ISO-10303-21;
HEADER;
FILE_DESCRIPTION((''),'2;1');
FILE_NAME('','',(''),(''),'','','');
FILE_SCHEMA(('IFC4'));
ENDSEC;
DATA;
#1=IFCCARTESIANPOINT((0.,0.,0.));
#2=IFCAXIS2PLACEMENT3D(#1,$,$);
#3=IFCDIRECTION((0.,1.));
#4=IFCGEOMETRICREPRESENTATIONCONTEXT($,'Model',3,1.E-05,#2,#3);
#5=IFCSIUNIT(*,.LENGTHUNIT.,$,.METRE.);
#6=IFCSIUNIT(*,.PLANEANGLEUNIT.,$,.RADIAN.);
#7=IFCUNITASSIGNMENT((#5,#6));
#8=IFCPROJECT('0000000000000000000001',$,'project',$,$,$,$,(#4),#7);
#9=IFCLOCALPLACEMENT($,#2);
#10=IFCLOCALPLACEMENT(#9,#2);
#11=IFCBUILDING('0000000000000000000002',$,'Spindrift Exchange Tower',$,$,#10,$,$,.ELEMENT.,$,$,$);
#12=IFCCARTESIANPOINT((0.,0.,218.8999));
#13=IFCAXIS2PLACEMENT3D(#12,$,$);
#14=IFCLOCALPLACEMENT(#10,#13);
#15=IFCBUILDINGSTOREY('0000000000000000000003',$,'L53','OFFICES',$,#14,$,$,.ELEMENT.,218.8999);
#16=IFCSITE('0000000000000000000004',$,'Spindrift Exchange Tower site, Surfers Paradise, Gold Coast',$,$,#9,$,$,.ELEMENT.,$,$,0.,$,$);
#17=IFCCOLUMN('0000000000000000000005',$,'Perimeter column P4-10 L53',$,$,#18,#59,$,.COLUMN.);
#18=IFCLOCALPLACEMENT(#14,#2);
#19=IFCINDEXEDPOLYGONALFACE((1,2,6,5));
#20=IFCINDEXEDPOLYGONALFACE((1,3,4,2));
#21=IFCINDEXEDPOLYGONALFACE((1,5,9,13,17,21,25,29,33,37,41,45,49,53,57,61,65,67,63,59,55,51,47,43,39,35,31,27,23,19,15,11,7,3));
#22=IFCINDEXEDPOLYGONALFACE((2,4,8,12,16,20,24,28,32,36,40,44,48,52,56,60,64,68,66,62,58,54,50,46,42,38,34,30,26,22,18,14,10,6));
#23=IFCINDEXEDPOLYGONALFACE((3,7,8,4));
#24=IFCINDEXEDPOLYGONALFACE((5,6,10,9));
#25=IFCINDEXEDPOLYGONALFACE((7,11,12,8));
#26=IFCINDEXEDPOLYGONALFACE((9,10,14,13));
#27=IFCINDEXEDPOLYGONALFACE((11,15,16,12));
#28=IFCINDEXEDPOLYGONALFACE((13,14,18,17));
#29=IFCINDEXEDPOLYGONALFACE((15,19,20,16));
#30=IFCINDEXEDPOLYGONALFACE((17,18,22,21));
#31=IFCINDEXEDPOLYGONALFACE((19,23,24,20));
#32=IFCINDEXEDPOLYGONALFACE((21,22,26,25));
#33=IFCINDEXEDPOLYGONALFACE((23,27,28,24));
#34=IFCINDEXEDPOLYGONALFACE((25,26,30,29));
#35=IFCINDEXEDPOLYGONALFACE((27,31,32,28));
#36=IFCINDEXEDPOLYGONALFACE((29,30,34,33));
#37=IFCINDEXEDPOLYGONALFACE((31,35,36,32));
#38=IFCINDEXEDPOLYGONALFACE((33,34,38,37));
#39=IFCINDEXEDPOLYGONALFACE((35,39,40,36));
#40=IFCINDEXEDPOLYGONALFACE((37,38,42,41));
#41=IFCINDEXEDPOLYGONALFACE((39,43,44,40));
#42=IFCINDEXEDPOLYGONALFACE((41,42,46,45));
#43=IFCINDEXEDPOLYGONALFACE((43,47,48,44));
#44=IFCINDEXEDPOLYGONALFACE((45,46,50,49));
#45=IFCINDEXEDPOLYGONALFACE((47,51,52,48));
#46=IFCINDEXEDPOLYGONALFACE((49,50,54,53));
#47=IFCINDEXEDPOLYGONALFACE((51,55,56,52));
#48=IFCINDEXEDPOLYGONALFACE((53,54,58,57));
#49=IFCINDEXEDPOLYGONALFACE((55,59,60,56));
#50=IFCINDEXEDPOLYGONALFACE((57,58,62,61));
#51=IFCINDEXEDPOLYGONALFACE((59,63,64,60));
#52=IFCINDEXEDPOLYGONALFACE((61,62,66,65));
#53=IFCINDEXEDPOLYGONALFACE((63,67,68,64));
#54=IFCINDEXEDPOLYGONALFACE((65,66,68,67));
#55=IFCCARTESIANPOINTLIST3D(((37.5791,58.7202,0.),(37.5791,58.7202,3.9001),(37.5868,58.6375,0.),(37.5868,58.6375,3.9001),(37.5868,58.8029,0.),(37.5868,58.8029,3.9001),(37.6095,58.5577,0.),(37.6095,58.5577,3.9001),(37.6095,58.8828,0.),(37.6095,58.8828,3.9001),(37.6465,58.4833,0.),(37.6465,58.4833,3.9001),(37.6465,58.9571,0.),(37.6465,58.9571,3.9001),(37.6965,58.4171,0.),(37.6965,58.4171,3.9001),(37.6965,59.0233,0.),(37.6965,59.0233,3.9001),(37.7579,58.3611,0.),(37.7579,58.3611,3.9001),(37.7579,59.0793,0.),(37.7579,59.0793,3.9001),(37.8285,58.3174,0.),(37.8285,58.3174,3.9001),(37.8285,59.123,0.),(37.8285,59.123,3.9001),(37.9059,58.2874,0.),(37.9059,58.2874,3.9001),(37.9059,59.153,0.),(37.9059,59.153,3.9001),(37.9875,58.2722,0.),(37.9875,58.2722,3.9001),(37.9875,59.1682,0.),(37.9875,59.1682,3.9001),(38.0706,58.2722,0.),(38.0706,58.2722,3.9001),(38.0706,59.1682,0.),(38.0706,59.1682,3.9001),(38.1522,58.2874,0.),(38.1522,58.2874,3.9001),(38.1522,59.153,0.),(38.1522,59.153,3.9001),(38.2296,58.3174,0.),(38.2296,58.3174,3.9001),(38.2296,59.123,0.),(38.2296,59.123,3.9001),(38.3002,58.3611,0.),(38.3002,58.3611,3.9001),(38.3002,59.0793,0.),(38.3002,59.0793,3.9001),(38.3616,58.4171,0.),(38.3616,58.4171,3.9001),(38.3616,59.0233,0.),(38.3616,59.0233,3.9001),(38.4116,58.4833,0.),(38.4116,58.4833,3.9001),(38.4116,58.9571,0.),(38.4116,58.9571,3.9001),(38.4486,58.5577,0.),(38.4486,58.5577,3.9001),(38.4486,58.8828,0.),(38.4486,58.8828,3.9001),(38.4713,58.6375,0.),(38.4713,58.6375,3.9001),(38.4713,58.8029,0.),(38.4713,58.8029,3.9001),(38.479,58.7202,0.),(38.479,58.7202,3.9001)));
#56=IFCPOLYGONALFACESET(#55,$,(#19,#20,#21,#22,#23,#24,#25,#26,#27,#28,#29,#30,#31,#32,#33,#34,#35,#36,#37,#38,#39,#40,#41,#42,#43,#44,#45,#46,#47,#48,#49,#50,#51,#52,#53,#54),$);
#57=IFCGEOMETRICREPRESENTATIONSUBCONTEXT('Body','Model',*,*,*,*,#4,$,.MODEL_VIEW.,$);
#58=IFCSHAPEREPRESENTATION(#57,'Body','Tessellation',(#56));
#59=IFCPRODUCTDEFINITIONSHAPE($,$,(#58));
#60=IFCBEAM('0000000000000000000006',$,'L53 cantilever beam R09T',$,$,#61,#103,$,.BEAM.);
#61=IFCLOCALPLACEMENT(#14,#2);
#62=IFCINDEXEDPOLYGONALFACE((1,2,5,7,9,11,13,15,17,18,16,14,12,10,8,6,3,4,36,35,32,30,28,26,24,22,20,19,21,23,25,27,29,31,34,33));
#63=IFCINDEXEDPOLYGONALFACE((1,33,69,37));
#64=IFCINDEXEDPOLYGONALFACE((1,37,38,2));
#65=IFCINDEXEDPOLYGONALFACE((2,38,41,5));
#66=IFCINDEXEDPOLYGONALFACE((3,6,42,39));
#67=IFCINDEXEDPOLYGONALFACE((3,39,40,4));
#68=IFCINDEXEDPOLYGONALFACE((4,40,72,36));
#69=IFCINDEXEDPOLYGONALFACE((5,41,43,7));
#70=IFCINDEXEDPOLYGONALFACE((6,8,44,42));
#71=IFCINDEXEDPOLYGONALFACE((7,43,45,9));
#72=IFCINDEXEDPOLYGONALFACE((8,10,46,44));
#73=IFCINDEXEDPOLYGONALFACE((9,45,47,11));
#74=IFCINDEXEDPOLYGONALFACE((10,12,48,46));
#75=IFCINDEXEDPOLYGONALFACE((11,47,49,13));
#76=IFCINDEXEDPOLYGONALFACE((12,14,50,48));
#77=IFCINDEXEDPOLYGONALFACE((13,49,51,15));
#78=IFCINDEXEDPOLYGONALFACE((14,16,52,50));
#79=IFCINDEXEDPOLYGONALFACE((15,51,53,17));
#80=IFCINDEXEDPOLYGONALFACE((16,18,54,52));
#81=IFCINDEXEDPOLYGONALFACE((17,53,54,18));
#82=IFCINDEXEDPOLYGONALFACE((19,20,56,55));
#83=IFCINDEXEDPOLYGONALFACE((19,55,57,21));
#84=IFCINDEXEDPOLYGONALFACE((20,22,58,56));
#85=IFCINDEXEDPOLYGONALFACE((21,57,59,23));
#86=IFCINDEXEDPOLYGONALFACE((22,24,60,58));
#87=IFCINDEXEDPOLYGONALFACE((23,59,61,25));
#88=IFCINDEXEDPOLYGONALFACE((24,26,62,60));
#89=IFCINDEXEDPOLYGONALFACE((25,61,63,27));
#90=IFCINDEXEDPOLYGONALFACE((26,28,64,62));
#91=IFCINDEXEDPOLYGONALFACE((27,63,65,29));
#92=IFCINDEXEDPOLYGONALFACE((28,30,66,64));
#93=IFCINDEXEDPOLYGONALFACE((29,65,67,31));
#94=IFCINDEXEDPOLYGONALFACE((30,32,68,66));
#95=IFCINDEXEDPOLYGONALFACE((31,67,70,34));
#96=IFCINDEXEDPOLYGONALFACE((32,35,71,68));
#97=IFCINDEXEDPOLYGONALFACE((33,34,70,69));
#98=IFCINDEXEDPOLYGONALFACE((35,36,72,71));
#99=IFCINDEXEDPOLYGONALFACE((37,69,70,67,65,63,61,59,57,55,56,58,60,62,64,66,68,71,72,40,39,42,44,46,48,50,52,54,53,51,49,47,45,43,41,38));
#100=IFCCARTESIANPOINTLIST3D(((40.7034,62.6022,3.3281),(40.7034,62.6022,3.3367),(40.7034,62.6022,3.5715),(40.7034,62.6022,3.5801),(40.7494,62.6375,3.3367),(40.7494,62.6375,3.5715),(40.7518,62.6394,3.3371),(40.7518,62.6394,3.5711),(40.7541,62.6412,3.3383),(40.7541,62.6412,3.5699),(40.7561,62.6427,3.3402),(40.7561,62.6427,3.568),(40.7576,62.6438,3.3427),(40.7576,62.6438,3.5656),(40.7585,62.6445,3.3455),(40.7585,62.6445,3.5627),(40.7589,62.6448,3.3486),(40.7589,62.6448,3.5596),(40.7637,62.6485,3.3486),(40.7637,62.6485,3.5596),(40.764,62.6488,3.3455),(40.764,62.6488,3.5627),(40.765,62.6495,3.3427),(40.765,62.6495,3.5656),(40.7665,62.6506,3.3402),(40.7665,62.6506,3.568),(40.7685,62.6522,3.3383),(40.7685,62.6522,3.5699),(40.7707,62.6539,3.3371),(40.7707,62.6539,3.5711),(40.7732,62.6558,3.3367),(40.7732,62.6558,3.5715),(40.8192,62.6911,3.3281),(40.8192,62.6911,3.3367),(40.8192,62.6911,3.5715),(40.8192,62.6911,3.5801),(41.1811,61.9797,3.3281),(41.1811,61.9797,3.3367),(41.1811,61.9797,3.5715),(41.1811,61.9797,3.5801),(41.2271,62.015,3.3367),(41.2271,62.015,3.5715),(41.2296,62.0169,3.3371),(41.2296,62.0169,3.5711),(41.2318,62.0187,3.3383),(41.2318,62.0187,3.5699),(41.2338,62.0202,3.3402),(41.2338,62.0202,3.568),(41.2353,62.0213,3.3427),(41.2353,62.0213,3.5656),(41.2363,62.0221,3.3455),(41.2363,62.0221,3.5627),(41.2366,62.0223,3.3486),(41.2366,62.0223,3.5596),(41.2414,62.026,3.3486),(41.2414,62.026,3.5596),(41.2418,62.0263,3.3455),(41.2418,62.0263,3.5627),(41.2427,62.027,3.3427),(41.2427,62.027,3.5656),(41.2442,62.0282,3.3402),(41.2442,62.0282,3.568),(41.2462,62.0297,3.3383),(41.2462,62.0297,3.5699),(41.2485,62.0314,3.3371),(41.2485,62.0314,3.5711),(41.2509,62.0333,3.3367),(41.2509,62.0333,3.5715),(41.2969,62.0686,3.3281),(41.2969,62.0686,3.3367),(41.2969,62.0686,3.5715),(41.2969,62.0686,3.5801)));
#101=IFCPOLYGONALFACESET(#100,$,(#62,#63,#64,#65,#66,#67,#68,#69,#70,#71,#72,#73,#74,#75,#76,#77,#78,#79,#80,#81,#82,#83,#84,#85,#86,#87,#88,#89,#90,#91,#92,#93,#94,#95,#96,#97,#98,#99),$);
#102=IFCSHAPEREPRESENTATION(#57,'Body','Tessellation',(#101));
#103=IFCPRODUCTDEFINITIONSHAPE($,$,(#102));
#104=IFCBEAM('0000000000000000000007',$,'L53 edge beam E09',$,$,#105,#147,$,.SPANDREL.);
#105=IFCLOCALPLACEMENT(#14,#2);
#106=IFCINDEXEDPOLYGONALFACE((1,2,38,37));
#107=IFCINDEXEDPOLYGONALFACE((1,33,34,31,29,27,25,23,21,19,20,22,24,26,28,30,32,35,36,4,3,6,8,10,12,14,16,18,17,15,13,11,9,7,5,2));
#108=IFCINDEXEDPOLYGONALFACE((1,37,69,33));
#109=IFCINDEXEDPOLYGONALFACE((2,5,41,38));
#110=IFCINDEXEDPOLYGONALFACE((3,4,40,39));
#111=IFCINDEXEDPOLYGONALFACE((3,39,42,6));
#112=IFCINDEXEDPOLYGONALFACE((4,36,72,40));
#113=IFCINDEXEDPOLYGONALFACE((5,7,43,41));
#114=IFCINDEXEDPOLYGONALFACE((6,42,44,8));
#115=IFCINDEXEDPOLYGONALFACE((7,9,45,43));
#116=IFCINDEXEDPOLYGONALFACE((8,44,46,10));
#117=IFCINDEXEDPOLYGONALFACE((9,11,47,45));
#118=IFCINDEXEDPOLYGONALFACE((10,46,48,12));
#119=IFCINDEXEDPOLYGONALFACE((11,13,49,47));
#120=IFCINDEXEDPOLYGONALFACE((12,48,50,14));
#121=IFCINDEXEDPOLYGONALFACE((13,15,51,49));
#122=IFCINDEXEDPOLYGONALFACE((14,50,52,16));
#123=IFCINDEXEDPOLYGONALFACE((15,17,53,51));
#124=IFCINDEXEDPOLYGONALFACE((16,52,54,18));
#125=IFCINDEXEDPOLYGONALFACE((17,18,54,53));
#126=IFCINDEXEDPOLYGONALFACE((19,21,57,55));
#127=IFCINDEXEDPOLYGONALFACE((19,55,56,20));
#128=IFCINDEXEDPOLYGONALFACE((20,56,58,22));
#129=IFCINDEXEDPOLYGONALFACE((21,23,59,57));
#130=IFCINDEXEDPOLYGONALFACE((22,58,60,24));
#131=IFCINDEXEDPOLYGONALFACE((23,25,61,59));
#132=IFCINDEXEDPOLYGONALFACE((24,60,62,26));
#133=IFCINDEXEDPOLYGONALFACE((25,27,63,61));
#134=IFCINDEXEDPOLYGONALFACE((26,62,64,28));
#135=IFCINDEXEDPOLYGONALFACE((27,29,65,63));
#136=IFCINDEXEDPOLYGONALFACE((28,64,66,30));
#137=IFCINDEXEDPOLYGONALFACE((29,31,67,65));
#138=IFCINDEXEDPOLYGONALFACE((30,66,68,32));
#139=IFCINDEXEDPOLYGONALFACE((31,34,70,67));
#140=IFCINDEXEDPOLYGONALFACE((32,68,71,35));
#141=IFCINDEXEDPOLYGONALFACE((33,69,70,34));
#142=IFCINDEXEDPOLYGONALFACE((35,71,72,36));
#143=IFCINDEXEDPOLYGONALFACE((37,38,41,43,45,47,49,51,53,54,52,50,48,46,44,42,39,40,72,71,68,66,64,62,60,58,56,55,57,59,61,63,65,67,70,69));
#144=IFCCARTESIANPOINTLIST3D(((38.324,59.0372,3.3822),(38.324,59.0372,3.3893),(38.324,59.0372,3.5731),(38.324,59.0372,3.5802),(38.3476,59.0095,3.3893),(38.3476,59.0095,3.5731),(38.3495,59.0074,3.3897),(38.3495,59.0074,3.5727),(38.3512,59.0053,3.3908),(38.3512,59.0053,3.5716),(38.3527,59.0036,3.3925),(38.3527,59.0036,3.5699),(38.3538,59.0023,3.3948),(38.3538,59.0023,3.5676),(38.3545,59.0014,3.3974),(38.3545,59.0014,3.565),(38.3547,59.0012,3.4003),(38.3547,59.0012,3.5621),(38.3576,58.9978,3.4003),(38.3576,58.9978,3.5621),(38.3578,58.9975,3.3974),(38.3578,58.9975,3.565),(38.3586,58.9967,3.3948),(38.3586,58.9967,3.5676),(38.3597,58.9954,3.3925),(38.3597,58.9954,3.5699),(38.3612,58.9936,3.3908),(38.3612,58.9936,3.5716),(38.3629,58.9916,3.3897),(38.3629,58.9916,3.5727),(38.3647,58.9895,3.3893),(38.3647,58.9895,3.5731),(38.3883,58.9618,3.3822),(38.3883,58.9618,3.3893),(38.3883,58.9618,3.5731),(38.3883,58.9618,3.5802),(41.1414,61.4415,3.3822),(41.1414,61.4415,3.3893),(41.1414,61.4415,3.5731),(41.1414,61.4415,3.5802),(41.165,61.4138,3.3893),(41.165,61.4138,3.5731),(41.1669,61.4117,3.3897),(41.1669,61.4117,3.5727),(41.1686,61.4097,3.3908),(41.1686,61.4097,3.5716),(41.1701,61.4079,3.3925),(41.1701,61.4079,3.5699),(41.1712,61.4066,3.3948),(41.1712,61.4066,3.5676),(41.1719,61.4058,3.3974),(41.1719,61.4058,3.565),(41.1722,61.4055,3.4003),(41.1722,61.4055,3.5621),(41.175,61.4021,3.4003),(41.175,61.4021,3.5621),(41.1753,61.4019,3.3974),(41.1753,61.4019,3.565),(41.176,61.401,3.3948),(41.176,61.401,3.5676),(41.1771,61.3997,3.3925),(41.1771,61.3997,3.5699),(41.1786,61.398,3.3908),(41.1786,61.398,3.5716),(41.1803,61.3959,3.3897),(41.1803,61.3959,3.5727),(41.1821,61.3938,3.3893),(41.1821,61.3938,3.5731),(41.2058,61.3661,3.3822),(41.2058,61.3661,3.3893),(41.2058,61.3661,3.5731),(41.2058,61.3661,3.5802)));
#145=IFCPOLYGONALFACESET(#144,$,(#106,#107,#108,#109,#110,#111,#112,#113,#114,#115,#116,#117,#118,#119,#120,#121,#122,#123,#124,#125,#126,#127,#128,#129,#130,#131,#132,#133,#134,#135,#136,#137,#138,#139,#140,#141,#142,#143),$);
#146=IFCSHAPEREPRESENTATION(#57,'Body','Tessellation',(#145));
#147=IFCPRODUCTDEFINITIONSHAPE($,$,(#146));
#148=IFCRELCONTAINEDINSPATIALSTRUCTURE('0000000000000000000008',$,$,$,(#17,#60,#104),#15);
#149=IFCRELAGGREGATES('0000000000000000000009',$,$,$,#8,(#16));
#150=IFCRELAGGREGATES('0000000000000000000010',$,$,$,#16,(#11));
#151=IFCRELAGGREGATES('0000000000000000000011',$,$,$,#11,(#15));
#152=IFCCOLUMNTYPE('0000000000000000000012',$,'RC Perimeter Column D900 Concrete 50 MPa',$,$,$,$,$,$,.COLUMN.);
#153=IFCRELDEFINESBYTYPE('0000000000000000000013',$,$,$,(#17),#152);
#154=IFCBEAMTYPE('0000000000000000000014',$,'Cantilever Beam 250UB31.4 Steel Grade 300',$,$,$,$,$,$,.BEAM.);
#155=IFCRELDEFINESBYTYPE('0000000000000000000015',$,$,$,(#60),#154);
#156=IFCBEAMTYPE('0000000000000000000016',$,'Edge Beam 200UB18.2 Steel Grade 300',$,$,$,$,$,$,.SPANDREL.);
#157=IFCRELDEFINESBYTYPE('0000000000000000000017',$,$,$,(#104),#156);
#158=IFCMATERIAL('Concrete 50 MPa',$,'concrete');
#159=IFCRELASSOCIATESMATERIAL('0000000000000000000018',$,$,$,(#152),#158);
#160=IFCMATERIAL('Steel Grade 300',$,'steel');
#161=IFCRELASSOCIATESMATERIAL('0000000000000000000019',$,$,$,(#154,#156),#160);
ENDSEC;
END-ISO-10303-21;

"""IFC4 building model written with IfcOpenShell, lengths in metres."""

from ifc_helpers import new_model, si_unit, direction, frame, origin, origin_2d, place, context, subcontext, project, spatial, circle, i_section, extrude, source, transform, mapped, material, material_profile, profile_set, type_object, element, save


model = new_model("IFC4")

# Units and contexts
model_context = context("Model", 3, precision=1e-05, world=origin(), true_north=direction((0.0, 1.0)))
body_context = subcontext(model_context, "Body", "Model", "MODEL_VIEW")
ifc_project = project(units=[si_unit("LENGTHUNIT", "METRE"), si_unit("PLANEANGLEUNIT", "RADIAN")], contexts=[model_context])

# Site, building, storey
site_placement = place(None, origin())
site = spatial("IfcSite", under=ifc_project, at=site_placement, Name="Spindrift Exchange Tower site, Surfers Paradise, Gold Coast", CompositionType="ELEMENT", RefElevation=0.0)
building_placement = place(site_placement, origin())
building = spatial("IfcBuilding", under=site, at=building_placement, Name="Spindrift Exchange Tower", CompositionType="ELEMENT")
storey_placement = place(building_placement, frame((0.0, 0.0, 218.8999)))
storey = spatial("IfcBuildingStorey", under=building, at=storey_placement, Name="L53", Description="OFFICES", CompositionType="ELEMENT", Elevation=218.8999)

# Column
ifc_material_1 = material(Name="Concrete 50 MPa", Category="concrete")
ifc_material_profile_1 = material_profile(ifc_material_1, circle(Radius=0.45, at=origin_2d()), Name="RC D900")
ifc_profile_set_1 = profile_set([ifc_material_profile_1], Name="Concrete 50 MPa")
column_type = type_object("IfcColumnType", Name="RC Perimeter Column D900 Concrete 50 MPa", PredefinedType="COLUMN", material=ifc_profile_set_1)
shared_shape_1 = source(origin(), body_context, "Body", "SweptSolid", [
    extrude(circle(Radius=0.45, at=origin_2d()), origin(), (0.0, 0.0, 1.0), 3.9001),
])
column_placement = place(storey_placement, frame((38.0291, 58.7202, 0.0), z_axis=(0.0, 0.0, 1.0), x_axis=(1.0, 0.0, 0.0)))
element("IfcColumn", 1, at=column_placement, inside=storey, type_object=column_type, Name="Perimeter column P4-10 L53", PredefinedType="COLUMN", context=body_context, shape_type="MappedRepresentation", body=[
    mapped(shared_shape_1, transform((0.0, 0.0, 0.0), scale=1.0)),
])

# Beams
ifc_material_2 = material(Name="Steel Grade 300", Category="steel")
ifc_material_profile_2 = material_profile(ifc_material_2, i_section(OverallWidth=0.146, OverallDepth=0.252, WebThickness=0.0061, FlangeThickness=0.0085, FilletRadius=0.012, at=origin_2d()), Name="250UB31.4")
ifc_profile_set_2 = profile_set([ifc_material_profile_2], Name="Steel Grade 300")
beam_type_1 = type_object("IfcBeamType", Name="Cantilever Beam 250UB31.4 Steel Grade 300", PredefinedType="BEAM", material=ifc_profile_set_2)
shared_shape_2 = source(origin(), body_context, "Body", "SweptSolid", [
    extrude(i_section(OverallWidth=0.146, OverallDepth=0.252, WebThickness=0.0061, FlangeThickness=0.0085, FilletRadius=0.012, at=origin_2d()), origin(), (0.0, 0.0, 1.0), 0.7847),
])
beam_1_placement = place(storey_placement, frame((41.239, 62.0242, 3.4541), z_axis=(-0.608823, 0.793306, 0.0), x_axis=(-0.793306, -0.608823, 0.0)))
element("IfcBeam", 2, at=beam_1_placement, inside=storey, type_object=beam_type_1, Name="L53 cantilever beam R09T", PredefinedType="BEAM", context=body_context, shape_type="MappedRepresentation", body=[
    mapped(shared_shape_2, transform((0.0, 0.0, 0.0), scale=1.0)),
])
ifc_material_profile_3 = material_profile(ifc_material_2, i_section(OverallWidth=0.0991, OverallDepth=0.198, WebThickness=0.0044, FlangeThickness=0.0071, FilletRadius=0.011, at=origin_2d()), Name="200UB18.2")
ifc_profile_set_3 = profile_set([ifc_material_profile_3], Name="Steel Grade 300")
beam_type_2 = type_object("IfcBeamType", Name="Edge Beam 200UB18.2 Steel Grade 300", PredefinedType="SPANDREL", material=ifc_profile_set_3)
shared_shape_3 = source(origin(), body_context, "Body", "SweptSolid", [
    extrude(i_section(OverallWidth=0.0991, OverallDepth=0.198, WebThickness=0.0044, FlangeThickness=0.0071, FilletRadius=0.011, at=origin_2d()), origin(), (0.0, 0.0, 1.0), 3.7039),
])
beam_2_placement = place(storey_placement, frame((41.1736, 61.4038, 3.4812), z_axis=(-0.760669, -0.64914, 0.0), x_axis=(0.64914, -0.760669, 0.0)))
element("IfcBeam", 3, at=beam_2_placement, inside=storey, type_object=beam_type_2, Name="L53 edge beam E09", PredefinedType="SPANDREL", context=body_context, shape_type="MappedRepresentation", body=[
    mapped(shared_shape_3, transform((0.0, 0.0, 0.0), scale=1.0)),
])

save(model, "model.ifc")
